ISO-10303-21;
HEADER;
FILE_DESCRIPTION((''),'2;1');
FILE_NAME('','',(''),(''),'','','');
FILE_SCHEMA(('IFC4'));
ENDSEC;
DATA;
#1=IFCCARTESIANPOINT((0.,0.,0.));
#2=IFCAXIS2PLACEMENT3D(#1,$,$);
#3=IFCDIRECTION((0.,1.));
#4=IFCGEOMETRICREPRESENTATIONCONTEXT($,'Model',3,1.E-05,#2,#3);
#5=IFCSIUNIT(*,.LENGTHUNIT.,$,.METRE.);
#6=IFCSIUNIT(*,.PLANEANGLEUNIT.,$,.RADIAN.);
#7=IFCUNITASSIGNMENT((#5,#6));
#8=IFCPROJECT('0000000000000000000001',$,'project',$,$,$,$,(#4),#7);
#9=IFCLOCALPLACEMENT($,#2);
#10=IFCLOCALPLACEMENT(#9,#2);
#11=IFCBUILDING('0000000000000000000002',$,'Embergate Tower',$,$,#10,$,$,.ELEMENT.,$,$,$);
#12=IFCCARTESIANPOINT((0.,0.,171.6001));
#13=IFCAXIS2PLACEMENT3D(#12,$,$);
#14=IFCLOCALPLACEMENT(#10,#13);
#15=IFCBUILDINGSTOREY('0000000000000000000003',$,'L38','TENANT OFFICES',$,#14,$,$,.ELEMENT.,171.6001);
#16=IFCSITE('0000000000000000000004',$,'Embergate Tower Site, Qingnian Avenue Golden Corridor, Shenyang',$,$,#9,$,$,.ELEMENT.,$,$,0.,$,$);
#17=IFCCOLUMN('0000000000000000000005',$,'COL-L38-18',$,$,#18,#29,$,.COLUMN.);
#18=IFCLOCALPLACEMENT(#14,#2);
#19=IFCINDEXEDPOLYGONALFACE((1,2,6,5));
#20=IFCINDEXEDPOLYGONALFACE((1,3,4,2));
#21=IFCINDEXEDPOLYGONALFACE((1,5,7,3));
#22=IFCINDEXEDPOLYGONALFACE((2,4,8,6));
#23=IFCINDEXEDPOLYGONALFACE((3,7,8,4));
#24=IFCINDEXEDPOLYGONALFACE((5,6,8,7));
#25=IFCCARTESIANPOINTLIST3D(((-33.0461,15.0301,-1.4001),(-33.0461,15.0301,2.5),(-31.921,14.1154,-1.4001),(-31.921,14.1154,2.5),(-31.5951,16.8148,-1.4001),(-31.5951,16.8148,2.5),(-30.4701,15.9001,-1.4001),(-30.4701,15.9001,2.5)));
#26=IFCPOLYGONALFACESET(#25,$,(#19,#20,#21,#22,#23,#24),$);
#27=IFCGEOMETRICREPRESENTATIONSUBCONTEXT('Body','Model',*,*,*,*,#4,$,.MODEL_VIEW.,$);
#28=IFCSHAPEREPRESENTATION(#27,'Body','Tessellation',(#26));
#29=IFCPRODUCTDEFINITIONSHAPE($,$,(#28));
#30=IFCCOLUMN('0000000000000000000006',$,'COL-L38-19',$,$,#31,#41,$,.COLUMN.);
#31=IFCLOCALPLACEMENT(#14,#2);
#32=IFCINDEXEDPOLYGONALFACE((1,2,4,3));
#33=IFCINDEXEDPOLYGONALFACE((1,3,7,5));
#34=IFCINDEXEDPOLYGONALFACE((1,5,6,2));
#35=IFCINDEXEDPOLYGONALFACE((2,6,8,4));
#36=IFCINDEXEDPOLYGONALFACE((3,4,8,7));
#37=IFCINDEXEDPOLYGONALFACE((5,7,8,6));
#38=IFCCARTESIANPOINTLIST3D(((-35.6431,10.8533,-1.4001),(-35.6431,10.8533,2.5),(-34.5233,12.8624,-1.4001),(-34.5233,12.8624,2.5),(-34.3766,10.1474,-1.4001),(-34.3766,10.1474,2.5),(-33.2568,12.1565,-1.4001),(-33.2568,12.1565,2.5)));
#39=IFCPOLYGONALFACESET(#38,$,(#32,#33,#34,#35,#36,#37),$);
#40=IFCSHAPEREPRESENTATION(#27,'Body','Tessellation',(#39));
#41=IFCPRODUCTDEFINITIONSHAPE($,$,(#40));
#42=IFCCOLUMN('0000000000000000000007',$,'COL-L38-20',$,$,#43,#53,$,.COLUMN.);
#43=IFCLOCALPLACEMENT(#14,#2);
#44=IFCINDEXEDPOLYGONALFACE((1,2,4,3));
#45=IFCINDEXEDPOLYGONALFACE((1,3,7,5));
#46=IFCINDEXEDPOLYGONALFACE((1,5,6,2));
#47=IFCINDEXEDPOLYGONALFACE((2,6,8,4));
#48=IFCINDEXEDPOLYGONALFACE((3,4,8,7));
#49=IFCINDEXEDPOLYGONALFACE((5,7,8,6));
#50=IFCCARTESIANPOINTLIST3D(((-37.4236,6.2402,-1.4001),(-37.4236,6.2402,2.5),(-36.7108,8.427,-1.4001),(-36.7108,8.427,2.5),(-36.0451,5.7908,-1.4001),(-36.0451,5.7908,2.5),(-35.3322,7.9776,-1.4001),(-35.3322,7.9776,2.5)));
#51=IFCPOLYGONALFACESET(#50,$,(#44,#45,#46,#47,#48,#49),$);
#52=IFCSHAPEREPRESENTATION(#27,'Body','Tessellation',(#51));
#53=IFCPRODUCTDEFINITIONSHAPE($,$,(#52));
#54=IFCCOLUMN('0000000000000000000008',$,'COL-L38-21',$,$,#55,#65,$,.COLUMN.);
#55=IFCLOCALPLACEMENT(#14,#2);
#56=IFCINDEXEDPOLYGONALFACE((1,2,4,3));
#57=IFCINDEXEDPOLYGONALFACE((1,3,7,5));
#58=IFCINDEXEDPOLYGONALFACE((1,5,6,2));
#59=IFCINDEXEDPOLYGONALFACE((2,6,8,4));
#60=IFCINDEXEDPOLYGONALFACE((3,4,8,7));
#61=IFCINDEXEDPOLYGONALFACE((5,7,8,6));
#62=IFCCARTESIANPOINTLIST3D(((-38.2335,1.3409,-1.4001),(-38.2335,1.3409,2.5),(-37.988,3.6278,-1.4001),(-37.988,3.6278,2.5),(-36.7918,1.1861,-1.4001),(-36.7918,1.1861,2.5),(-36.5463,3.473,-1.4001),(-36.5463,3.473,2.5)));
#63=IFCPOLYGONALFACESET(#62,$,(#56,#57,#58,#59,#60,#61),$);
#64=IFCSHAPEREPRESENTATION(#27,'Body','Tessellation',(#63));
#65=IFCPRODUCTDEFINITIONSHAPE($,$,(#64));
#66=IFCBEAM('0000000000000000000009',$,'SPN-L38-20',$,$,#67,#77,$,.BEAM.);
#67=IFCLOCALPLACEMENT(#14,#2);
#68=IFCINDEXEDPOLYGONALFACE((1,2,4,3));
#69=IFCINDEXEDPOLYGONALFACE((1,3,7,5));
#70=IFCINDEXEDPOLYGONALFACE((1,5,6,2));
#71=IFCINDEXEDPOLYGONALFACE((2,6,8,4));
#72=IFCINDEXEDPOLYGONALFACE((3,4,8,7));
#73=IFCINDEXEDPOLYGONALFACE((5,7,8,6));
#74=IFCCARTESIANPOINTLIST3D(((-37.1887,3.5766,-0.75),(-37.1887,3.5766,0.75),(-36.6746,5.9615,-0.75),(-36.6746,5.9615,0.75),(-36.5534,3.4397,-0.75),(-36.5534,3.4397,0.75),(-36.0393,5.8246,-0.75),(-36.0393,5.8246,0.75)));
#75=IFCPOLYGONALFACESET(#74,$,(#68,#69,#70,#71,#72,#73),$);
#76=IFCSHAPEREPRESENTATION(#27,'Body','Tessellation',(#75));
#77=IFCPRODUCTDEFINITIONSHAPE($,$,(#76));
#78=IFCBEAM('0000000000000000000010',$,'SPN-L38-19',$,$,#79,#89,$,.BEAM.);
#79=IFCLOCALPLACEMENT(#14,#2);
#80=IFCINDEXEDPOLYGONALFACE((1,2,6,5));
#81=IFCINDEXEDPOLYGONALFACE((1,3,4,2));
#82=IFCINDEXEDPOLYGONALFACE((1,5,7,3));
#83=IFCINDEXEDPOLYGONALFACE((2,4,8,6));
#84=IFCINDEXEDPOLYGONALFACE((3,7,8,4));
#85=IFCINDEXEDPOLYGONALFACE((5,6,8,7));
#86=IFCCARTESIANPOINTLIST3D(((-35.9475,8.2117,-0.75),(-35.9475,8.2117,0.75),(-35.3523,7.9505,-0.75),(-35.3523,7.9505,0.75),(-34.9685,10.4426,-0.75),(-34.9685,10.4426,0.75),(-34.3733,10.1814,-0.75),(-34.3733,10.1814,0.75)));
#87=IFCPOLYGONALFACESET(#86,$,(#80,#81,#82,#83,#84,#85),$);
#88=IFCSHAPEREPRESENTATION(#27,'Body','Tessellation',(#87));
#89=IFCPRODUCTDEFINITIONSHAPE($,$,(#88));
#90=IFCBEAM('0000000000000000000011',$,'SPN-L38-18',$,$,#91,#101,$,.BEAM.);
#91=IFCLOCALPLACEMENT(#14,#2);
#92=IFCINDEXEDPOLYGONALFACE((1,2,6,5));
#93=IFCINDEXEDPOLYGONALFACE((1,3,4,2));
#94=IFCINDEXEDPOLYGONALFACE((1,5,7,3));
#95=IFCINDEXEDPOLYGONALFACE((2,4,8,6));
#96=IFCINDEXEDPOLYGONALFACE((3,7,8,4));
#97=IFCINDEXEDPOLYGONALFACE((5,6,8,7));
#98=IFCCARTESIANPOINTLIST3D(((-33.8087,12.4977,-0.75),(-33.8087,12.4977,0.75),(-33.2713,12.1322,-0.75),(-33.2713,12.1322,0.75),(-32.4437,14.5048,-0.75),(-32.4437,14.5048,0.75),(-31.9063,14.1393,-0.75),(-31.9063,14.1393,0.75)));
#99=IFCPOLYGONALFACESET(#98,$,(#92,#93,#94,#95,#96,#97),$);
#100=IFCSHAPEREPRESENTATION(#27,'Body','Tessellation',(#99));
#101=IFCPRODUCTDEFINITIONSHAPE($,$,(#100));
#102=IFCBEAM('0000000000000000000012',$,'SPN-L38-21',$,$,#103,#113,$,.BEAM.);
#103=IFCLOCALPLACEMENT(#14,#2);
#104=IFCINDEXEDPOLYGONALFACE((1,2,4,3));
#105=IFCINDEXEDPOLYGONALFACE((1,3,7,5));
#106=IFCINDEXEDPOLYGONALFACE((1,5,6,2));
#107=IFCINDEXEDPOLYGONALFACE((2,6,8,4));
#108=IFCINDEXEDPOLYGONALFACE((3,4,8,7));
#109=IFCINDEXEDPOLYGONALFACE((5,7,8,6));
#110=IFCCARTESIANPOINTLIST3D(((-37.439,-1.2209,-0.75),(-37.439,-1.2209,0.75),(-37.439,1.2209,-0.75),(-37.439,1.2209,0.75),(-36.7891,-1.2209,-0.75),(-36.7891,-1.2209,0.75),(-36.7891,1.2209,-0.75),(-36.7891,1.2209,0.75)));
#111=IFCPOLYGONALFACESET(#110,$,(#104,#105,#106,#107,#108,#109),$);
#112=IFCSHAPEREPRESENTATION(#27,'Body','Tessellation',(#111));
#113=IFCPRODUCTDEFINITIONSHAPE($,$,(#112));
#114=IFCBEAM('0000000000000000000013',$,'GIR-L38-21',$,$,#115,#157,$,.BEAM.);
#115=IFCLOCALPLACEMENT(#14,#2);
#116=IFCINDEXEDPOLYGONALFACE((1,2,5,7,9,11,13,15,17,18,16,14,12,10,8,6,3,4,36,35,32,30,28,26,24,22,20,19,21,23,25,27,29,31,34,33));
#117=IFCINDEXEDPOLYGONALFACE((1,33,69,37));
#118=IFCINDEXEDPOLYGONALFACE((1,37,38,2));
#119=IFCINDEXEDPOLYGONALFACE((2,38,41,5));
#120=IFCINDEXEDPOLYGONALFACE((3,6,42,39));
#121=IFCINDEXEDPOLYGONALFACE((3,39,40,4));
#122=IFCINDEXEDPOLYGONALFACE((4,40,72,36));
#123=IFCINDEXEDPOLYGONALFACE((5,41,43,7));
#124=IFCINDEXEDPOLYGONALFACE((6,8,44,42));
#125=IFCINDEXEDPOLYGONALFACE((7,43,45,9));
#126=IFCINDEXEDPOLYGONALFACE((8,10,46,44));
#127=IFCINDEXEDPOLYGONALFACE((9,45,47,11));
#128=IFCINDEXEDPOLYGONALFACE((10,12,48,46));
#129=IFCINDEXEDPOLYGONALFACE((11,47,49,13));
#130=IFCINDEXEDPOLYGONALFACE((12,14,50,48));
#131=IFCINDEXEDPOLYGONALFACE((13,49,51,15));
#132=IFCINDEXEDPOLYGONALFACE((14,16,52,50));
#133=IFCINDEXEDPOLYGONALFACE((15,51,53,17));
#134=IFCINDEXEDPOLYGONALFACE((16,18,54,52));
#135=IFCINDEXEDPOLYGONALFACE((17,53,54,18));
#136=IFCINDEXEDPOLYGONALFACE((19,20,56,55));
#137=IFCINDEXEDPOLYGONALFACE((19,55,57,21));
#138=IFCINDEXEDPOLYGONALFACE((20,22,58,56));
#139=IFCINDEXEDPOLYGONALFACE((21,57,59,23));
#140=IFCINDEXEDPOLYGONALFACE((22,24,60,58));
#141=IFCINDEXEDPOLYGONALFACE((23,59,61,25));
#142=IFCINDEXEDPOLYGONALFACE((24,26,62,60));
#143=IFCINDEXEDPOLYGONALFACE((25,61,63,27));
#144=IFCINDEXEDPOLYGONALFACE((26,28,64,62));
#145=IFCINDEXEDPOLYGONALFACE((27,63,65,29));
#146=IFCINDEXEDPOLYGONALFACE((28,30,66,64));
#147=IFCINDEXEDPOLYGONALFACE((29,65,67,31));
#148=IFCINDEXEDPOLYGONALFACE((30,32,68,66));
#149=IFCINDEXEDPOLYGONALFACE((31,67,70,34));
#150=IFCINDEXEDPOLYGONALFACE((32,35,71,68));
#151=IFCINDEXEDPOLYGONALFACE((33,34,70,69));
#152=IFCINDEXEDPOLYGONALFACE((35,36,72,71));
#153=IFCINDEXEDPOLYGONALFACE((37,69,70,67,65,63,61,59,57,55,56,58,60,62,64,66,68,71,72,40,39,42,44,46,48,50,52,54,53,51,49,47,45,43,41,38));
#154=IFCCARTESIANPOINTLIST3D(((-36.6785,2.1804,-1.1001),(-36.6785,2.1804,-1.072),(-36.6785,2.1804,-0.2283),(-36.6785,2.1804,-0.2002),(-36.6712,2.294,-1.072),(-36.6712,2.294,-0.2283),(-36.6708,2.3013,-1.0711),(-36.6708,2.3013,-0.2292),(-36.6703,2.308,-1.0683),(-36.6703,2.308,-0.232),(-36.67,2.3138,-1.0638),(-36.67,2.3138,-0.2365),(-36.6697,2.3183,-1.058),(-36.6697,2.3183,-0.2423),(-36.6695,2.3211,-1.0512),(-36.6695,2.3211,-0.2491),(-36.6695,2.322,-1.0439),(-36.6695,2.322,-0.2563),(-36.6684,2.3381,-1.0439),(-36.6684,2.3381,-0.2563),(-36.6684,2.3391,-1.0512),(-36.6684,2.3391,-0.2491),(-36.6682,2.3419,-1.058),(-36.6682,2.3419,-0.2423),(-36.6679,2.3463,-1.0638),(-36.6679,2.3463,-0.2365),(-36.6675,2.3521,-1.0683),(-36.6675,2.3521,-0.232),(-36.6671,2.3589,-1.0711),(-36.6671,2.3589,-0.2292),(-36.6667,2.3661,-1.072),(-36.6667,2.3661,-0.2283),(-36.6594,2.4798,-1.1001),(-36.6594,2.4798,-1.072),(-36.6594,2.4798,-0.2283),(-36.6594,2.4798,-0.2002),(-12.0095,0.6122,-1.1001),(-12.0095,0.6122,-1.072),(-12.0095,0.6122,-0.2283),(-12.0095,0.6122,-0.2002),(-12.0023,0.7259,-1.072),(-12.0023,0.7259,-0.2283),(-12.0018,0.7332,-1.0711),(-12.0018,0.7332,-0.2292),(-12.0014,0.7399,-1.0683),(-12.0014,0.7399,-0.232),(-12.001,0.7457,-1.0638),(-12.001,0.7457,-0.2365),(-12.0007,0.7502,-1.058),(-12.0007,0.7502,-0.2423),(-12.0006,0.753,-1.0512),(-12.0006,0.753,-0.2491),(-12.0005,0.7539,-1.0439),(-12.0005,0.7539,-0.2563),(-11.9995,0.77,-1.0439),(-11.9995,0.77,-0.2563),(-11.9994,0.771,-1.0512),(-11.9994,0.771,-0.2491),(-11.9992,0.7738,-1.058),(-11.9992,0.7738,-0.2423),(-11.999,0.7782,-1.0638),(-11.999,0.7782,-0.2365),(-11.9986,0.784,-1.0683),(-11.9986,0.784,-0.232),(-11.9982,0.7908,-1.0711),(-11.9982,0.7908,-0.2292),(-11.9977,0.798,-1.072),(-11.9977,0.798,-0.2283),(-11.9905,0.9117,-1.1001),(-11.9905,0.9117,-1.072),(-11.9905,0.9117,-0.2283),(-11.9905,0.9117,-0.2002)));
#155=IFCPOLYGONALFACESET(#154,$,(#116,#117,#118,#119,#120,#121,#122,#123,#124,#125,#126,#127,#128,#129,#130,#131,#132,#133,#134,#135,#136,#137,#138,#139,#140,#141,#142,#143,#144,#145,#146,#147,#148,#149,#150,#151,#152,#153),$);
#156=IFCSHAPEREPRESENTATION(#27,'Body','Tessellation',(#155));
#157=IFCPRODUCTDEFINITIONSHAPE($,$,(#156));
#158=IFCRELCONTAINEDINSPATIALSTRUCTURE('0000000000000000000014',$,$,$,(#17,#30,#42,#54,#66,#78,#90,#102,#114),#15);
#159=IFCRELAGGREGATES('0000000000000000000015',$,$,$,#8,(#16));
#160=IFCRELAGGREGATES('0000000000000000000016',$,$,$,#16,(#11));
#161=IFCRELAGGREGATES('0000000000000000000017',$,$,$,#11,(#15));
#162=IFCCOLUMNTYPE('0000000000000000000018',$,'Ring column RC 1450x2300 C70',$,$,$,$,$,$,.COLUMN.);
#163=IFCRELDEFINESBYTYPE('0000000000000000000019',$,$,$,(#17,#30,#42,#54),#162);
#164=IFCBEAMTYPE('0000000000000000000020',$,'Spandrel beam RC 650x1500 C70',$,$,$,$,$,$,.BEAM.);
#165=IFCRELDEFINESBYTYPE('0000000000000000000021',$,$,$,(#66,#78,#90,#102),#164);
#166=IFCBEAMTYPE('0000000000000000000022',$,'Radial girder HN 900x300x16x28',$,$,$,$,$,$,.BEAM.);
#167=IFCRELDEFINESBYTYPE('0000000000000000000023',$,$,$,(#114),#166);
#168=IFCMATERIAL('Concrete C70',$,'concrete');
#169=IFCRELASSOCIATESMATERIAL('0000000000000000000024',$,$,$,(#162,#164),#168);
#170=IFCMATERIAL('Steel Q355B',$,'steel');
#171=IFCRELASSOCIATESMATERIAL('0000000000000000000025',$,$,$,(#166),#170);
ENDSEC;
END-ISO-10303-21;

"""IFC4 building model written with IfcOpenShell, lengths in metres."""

from ifc_helpers import new_model, si_unit, direction, frame, origin, origin_2d, place, context, subcontext, project, spatial, rectangle, i_section, extrude, source, transform, mapped, material, material_profile, profile_set, type_object, element, save


model = new_model("IFC4")

# Units and contexts
model_context = context("Model", 3, precision=1e-05, world=origin(), true_north=direction((0.0, 1.0)))
body_context = subcontext(model_context, "Body", "Model", "MODEL_VIEW")
ifc_project = project(units=[si_unit("LENGTHUNIT", "METRE"), si_unit("PLANEANGLEUNIT", "RADIAN")], contexts=[model_context])

# Site, building, storey
site_placement = place(None, origin())
site = spatial("IfcSite", under=ifc_project, at=site_placement, Name="Embergate Tower Site, Qingnian Avenue Golden Corridor, Shenyang", CompositionType="ELEMENT", RefElevation=0.0)
building_placement = place(site_placement, origin())
building = spatial("IfcBuilding", under=site, at=building_placement, Name="Embergate Tower", CompositionType="ELEMENT")
storey_placement = place(building_placement, frame((0.0, 0.0, 171.6001)))
storey = spatial("IfcBuildingStorey", under=building, at=storey_placement, Name="L38", Description="TENANT OFFICES", CompositionType="ELEMENT", Elevation=171.6001)

# Columns
ifc_material_1 = material(Name="Concrete C70", Category="concrete")
ifc_material_profile_1 = material_profile(ifc_material_1, rectangle(XDim=1.45, YDim=2.3, at=origin_2d()), Name="RC 1450x2300")
ifc_profile_set_1 = profile_set([ifc_material_profile_1], Name="Concrete C70")
column_type = type_object("IfcColumnType", Name="Ring column RC 1450x2300 C70", PredefinedType="COLUMN", material=ifc_profile_set_1)
shared_shape_1 = source(origin(), body_context, "Body", "SweptSolid", [
    extrude(rectangle(XDim=1.45, YDim=2.3, at=origin_2d()), origin(), (0.0, 0.0, 1.0), 3.9001),
])
for number, where, z_axis, x_axis, name in (
    (1, (-31.7581, 15.4651, -1.4001), (0.0, 0.0, 1.0), (-0.775914, 0.630838, 0.0), "COL-L38-18"),
    (2, (-34.45, 11.5049, -1.4001), (0.0, 0.0, 1.0), (-0.873492, 0.486839, 0.0), "COL-L38-19"),
    (3, (-36.3779, 7.1089, -1.4001), (0.0, 0.0, 1.0), (-0.950754, 0.309946, 0.0), "COL-L38-20"),
    (4, (-37.3899, 2.407, -1.4001), (0.0, 0.0, 1.0), (-0.994286, 0.10675, 0.0), "COL-L38-21"),
):
    element("IfcColumn", number, at=place(storey_placement, frame(where, z_axis=z_axis, x_axis=x_axis)), inside=storey, type_object=column_type, Name=name, PredefinedType="COLUMN", context=body_context, shape_type="MappedRepresentation", body=[
        mapped(shared_shape_1, transform((0.0, 0.0, 0.0))),
    ])

# Beams
ifc_material_profile_2 = material_profile(ifc_material_1, rectangle(XDim=0.6499, YDim=1.5, at=origin_2d()), Name="RC 650x1500")
ifc_profile_set_2 = profile_set([ifc_material_profile_2], Name="Concrete C70")
beam_type_1 = type_object("IfcBeamType", Name="Spandrel beam RC 650x1500 C70", PredefinedType="BEAM", material=ifc_profile_set_2)
shared_shape_2 = source(origin(), body_context, "Body", "SweptSolid", [
    extrude(rectangle(XDim=0.6499, YDim=1.5, at=origin_2d()), origin(), (0.0, 0.0, 1.0), 2.4397),
])
beam_1_placement = place(storey_placement, frame((-36.3569, 5.8931, 0.0), z_axis=(-0.210739, -0.977542, 0.0), x_axis=(0.977542, -0.210739, 0.0)))
element("IfcBeam", 5, at=beam_1_placement, inside=storey, type_object=beam_type_1, Name="SPN-L38-20", PredefinedType="BEAM", context=body_context, shape_type="MappedRepresentation", body=[
    mapped(shared_shape_2, transform((0.0, 0.0, 0.0))),
])
shared_shape_3 = source(origin(), body_context, "Body", "SweptSolid", [
    extrude(rectangle(XDim=0.6499, YDim=1.5, at=origin_2d()), origin(), (0.0, 0.0, 1.0), 2.4363),
])
beam_2_placement = place(storey_placement, frame((-34.6709, 10.312, 0.0), z_axis=(-0.401838, -0.915711, 0.0), x_axis=(0.915711, -0.401838, 0.0)))
element("IfcBeam", 6, at=beam_2_placement, inside=storey, type_object=beam_type_1, Name="SPN-L38-19", PredefinedType="BEAM", context=body_context, shape_type="MappedRepresentation", body=[
    mapped(shared_shape_3, transform((0.0, 0.0, 0.0))),
])
shared_shape_4 = source(origin(), body_context, "Body", "SweptSolid", [
    extrude(rectangle(XDim=0.6499, YDim=1.5, at=origin_2d()), origin(), (0.0, 0.0, 1.0), 2.4272),
])
beam_3_placement = place(storey_placement, frame((-32.175, 14.322, 0.0), z_axis=(-0.56236, -0.826893, 0.0), x_axis=(0.826893, -0.56236, 0.0)))
element("IfcBeam", 7, at=beam_3_placement, inside=storey, type_object=beam_type_1, Name="SPN-L38-18", PredefinedType="BEAM", context=body_context, shape_type="MappedRepresentation", body=[
    mapped(shared_shape_4, transform((0.0, 0.0, 0.0))),
])
shared_shape_5 = source(origin(), body_context, "Body", "SweptSolid", [
    extrude(rectangle(XDim=0.6499, YDim=1.5, at=origin_2d()), origin(), (0.0, 0.0, 1.0), 2.4419),
])
beam_4_placement = place(storey_placement, frame((-37.114, 1.2209, 0.0), z_axis=(0.0, -1.0, 0.0), x_axis=(1.0, 0.0, 0.0)))
element("IfcBeam", 8, at=beam_4_placement, inside=storey, type_object=beam_type_1, Name="SPN-L38-21", PredefinedType="BEAM", context=body_context, shape_type="MappedRepresentation", body=[
    mapped(shared_shape_5, transform((0.0, 0.0, 0.0))),
])
ifc_material_2 = material(Name="Steel Q355B", Category="steel")
ifc_material_profile_3 = material_profile(ifc_material_2, i_section(OverallWidth=0.3, OverallDepth=0.8999, WebThickness=0.0161, FlangeThickness=0.0281, FilletRadius=0.0281, at=origin_2d()), Name="HN 900x300x16x28")
ifc_profile_set_3 = profile_set([ifc_material_profile_3], Name="Steel Q355 grade B")
beam_type_2 = type_object("IfcBeamType", Name="Radial girder HN 900x300x16x28", PredefinedType="BEAM", material=ifc_profile_set_3)
shared_shape_6 = source(origin(), body_context, "Body", "SweptSolid", [
    extrude(i_section(OverallWidth=0.3, OverallDepth=0.8999, WebThickness=0.0161, FlangeThickness=0.0281, FilletRadius=0.0281, at=origin_2d()), origin(), (0.0, 0.0, 1.0), 24.7188),
])
beam_5_placement = place(storey_placement, frame((-36.6689, 2.3301, -0.6501), z_axis=(0.997986, -0.063438, 0.0), x_axis=(0.063438, 0.997986, 0.0)))
element("IfcBeam", 9, at=beam_5_placement, inside=storey, type_object=beam_type_2, Name="GIR-L38-21", PredefinedType="BEAM", context=body_context, shape_type="MappedRepresentation", body=[
    mapped(shared_shape_6, transform((0.0, 0.0, 0.0))),
])

save(model, "model.ifc")
